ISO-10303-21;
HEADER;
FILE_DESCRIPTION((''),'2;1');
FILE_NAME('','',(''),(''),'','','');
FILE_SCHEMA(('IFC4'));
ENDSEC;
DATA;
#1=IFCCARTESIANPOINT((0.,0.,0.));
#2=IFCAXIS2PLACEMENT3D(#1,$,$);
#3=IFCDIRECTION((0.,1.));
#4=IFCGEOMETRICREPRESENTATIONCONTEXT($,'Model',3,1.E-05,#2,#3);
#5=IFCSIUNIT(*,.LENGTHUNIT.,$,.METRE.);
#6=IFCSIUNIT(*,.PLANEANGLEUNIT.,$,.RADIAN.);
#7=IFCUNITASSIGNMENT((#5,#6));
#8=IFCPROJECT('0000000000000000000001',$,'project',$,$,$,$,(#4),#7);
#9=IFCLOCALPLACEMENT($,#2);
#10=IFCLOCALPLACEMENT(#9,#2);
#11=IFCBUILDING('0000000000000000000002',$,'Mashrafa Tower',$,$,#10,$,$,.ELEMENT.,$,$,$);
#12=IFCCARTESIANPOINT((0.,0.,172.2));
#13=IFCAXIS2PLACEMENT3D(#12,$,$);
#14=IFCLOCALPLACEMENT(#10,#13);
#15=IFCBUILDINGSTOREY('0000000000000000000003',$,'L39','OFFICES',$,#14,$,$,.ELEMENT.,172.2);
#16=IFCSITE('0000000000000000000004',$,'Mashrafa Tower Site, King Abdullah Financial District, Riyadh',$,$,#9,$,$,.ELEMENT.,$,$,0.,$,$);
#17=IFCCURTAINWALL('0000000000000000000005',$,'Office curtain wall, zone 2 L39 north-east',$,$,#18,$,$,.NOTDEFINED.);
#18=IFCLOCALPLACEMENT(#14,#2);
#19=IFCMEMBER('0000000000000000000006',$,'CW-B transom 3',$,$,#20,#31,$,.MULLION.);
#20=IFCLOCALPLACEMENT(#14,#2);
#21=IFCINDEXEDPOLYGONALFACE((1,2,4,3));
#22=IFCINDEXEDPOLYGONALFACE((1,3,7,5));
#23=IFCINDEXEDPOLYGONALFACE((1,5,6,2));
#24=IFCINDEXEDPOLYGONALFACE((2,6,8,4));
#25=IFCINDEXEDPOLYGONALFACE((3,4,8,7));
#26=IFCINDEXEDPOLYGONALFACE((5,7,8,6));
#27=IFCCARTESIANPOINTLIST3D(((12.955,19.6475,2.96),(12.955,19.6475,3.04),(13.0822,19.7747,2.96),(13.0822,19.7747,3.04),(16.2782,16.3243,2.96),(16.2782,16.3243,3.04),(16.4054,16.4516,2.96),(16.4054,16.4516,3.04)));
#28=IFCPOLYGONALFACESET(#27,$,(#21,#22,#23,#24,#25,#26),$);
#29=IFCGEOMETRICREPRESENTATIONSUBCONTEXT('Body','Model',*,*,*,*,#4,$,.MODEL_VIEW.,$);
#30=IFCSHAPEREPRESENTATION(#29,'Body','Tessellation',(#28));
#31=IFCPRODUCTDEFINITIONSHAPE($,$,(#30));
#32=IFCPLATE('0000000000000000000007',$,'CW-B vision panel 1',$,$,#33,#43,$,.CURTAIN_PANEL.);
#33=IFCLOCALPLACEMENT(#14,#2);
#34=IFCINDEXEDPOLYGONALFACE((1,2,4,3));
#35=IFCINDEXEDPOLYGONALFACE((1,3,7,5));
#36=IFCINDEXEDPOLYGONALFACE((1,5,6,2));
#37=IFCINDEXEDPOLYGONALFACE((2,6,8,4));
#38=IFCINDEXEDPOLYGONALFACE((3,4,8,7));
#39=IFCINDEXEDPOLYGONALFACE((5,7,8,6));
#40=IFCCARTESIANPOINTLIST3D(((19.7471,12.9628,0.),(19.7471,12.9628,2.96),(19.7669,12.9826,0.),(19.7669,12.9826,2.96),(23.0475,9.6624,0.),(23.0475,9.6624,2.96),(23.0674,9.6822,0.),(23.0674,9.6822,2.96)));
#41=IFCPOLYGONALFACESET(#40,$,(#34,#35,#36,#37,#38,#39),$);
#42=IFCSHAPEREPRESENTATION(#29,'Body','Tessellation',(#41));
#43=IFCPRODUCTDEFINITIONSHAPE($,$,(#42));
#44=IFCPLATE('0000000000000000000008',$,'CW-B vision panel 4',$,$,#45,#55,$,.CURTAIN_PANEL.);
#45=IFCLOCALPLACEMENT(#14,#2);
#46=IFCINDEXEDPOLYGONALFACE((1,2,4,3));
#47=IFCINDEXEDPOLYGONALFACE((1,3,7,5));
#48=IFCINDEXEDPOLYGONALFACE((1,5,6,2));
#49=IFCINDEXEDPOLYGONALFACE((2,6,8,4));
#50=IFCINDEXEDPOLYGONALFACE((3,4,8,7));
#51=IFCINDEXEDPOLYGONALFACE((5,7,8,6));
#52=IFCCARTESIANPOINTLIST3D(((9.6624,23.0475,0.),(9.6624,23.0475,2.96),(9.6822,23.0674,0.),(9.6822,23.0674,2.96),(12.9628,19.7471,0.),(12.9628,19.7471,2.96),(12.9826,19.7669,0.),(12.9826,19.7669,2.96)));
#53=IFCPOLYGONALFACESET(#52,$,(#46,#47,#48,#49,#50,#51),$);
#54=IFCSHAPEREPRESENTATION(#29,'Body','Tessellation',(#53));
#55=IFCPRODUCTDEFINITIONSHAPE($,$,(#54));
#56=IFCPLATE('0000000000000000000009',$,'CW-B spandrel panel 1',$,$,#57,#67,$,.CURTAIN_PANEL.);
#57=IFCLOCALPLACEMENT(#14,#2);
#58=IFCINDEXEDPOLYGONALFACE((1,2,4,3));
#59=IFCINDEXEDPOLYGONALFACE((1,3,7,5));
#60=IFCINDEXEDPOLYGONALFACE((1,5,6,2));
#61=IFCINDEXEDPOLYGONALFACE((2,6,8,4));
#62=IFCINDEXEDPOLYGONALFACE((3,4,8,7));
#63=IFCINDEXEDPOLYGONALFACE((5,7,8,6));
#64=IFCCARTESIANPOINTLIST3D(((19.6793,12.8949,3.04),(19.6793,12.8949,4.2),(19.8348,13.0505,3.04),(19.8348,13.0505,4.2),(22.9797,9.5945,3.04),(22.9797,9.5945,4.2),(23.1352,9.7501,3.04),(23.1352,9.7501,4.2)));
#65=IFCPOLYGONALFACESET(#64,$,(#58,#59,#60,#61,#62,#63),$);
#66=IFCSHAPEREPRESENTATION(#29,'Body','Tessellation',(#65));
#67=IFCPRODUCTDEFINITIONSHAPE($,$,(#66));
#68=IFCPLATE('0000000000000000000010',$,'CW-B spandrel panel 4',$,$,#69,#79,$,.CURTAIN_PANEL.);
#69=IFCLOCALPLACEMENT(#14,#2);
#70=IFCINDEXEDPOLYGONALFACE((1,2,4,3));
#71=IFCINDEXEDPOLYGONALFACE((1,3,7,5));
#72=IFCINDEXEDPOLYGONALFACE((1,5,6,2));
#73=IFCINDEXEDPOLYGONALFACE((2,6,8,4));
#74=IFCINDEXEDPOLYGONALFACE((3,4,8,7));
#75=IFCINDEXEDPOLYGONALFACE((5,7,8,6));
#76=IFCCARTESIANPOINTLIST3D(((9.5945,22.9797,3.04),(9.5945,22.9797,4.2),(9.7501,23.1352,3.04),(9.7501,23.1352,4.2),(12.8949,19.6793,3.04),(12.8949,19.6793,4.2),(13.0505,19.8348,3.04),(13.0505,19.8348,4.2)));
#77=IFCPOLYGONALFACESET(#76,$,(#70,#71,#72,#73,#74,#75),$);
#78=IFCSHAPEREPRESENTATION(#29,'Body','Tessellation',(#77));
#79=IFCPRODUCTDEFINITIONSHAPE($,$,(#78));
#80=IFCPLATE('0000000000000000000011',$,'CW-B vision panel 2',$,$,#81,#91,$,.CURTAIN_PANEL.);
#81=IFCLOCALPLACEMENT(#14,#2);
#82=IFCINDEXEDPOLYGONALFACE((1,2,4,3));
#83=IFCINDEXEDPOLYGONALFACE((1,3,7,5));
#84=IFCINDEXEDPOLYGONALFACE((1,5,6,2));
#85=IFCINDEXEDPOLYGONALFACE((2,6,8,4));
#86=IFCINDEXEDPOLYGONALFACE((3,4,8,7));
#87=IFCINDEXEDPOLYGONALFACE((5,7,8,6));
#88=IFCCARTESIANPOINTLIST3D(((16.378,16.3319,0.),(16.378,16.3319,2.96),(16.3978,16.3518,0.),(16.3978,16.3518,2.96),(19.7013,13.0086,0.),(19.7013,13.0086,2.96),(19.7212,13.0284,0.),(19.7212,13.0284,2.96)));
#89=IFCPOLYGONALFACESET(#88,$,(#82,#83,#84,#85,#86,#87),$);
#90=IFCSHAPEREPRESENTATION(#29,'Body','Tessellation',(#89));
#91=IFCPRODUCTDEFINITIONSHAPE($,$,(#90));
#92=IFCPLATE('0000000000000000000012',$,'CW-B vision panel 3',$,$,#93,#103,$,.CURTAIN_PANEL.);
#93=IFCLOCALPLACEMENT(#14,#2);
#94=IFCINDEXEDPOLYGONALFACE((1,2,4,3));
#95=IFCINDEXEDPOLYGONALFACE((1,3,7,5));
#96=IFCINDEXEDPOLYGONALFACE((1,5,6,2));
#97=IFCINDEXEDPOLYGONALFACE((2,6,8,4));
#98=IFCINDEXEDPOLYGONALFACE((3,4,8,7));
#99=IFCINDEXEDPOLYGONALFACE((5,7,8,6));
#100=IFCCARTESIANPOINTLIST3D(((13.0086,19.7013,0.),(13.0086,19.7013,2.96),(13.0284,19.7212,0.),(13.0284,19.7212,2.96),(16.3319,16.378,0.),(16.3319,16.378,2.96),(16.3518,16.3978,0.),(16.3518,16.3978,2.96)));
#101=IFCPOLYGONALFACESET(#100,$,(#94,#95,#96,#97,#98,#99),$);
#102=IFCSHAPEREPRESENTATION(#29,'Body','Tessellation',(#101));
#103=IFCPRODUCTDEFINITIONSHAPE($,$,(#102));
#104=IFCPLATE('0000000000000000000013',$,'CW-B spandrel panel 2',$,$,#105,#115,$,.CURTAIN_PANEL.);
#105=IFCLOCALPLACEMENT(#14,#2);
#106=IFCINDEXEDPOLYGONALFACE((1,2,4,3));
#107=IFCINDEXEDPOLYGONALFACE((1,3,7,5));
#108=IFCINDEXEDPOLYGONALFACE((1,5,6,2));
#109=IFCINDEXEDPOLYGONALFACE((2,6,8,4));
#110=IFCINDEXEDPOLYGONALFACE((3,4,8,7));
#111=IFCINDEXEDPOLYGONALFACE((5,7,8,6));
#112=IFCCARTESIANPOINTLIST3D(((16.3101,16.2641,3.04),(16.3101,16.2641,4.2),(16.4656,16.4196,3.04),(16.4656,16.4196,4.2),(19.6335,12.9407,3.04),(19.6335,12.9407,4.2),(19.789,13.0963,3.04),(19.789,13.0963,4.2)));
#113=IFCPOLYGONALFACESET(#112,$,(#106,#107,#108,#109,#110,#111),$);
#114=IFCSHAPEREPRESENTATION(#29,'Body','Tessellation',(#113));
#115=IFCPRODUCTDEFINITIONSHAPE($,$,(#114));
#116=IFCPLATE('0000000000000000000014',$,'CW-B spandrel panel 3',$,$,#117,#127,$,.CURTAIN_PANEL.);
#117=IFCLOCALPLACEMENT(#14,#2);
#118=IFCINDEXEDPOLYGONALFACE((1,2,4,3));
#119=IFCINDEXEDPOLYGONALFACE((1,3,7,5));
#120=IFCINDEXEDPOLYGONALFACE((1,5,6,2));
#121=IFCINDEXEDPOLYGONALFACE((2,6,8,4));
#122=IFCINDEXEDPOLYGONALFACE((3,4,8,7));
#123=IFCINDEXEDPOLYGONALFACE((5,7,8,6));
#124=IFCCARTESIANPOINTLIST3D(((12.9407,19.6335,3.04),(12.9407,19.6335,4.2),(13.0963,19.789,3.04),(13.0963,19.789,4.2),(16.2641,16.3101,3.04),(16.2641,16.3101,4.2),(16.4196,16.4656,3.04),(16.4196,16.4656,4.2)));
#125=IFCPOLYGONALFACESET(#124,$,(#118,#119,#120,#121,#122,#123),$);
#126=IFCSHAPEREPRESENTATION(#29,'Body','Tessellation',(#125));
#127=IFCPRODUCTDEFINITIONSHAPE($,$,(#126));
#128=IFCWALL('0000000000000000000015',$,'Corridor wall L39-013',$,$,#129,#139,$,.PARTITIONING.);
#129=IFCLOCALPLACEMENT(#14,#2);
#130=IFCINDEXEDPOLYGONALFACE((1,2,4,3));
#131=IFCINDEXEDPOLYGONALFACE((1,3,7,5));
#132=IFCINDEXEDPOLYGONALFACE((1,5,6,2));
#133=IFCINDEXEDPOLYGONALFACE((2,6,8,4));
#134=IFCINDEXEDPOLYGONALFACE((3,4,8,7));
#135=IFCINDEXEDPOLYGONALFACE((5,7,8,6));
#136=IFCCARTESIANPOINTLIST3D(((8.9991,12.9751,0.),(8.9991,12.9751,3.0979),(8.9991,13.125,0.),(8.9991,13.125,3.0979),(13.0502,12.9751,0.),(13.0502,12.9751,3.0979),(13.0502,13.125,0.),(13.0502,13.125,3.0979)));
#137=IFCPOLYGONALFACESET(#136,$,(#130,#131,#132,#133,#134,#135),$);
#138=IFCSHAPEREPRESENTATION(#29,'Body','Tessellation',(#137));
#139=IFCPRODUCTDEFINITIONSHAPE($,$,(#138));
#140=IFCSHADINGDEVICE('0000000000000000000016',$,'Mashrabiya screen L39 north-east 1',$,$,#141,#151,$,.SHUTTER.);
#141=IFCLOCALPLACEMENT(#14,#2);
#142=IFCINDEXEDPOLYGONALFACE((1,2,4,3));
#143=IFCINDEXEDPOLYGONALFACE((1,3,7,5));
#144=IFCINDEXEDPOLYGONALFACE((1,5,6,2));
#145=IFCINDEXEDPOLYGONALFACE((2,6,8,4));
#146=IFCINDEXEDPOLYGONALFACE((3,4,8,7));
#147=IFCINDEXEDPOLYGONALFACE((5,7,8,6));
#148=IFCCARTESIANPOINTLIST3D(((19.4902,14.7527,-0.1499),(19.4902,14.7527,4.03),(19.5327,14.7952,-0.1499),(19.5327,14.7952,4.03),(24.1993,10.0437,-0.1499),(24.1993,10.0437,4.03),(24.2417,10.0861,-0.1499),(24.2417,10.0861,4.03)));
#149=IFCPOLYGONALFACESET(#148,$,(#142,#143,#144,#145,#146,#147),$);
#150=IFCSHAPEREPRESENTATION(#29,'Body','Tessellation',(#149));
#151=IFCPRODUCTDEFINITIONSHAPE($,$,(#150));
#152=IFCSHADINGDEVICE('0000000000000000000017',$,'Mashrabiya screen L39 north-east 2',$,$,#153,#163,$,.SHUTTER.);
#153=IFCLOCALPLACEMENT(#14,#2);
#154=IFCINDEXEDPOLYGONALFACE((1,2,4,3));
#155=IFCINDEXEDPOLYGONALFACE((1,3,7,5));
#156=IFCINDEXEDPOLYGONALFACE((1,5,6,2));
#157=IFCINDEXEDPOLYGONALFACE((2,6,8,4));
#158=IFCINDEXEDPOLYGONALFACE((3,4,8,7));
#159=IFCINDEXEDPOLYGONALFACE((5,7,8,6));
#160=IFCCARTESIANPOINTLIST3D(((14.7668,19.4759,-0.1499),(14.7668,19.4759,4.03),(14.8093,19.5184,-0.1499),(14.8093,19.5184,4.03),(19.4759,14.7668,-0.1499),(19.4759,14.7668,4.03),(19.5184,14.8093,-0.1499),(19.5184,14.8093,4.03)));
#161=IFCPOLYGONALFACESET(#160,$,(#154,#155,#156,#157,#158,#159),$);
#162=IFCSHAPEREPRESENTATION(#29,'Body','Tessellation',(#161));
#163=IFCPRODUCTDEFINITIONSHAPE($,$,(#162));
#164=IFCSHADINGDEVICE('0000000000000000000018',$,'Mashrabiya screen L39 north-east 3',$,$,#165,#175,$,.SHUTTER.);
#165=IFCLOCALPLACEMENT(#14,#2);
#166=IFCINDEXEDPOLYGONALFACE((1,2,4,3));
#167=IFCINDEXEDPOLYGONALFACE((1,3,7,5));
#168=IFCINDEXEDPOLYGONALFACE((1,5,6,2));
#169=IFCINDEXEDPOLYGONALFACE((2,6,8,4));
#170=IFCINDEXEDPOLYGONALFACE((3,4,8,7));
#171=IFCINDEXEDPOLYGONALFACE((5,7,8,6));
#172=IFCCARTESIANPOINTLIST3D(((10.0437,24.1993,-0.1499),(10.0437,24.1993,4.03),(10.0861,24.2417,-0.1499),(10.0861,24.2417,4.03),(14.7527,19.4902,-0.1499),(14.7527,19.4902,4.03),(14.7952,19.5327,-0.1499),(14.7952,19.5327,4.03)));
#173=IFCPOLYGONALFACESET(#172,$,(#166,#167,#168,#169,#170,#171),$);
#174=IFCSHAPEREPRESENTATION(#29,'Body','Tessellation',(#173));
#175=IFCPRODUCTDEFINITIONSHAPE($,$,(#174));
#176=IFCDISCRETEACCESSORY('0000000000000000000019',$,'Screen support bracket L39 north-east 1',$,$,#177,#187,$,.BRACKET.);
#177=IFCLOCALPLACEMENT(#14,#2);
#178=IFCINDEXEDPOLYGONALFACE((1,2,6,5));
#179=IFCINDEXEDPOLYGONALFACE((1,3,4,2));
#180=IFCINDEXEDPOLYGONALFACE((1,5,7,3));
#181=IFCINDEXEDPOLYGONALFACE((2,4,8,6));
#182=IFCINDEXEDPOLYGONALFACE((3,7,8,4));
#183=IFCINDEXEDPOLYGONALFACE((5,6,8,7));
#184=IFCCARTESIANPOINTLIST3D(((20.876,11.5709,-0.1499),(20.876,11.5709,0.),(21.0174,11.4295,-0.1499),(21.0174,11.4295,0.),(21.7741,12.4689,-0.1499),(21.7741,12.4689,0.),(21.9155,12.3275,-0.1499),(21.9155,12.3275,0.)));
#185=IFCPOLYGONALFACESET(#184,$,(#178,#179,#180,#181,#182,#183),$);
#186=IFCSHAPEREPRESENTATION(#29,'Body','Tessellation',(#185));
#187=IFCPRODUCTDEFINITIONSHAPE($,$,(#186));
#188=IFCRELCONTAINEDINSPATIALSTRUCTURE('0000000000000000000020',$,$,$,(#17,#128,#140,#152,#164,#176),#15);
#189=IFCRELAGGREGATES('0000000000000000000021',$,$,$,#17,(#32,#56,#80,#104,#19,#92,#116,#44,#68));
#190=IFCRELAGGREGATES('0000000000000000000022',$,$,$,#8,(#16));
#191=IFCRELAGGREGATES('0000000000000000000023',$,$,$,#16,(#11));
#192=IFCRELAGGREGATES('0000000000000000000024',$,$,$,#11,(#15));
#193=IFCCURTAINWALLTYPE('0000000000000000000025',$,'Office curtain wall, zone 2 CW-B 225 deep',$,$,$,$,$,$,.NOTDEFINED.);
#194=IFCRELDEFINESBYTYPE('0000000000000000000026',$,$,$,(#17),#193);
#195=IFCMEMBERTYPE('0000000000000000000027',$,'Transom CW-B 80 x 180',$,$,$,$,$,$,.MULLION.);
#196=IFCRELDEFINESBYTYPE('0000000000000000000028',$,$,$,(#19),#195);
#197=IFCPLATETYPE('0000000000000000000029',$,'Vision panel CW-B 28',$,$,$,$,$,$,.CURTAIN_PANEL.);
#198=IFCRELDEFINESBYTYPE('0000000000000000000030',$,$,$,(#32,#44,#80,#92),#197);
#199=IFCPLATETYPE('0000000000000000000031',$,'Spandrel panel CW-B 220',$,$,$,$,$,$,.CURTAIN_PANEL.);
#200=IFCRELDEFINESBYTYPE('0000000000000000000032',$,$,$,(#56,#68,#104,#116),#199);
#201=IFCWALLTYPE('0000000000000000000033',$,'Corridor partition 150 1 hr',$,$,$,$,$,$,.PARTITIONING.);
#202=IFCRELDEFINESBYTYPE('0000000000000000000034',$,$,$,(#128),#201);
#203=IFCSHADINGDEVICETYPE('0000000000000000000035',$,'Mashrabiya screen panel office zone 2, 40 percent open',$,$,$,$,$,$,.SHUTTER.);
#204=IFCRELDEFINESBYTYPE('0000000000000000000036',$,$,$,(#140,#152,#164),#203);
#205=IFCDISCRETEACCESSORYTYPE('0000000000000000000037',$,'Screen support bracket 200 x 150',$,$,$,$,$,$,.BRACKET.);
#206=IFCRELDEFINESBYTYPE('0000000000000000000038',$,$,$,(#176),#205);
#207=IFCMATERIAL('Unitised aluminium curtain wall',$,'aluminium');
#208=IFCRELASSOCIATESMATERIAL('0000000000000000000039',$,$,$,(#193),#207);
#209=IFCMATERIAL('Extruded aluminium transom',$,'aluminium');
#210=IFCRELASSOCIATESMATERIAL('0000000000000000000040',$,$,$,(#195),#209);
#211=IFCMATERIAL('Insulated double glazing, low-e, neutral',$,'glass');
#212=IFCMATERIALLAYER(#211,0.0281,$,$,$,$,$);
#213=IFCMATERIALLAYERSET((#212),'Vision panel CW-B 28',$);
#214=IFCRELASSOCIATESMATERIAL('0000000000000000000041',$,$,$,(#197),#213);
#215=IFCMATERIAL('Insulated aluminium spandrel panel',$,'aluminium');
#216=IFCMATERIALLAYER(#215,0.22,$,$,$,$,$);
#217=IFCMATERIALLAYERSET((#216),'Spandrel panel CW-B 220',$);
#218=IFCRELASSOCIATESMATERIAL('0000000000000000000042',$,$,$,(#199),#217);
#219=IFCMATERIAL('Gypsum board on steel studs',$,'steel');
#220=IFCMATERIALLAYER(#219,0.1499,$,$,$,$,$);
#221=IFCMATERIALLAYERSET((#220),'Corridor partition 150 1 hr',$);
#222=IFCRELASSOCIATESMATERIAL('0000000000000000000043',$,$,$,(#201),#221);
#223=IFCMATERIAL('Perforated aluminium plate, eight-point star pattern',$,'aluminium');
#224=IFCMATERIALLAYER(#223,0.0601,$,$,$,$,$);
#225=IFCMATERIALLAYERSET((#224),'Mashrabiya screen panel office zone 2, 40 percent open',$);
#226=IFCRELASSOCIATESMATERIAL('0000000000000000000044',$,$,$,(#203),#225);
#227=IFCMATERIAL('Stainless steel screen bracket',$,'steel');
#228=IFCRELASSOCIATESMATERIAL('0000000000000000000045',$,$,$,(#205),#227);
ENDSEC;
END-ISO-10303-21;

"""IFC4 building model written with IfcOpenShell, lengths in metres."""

from ifc_helpers import new_model, si_unit, direction, frame, frame_2d, origin, origin_2d, place, context, subcontext, project, spatial, rectangle, extrude, source, transform, mapped, material, layer, layer_set, material_profile, profile_set, type_object, type_shapes, element, aggregate, save


model = new_model("IFC4")

# Units and contexts
model_context = context("Model", 3, precision=1e-05, world=origin(), true_north=direction((0.0, 1.0)))
body_context = subcontext(model_context, "Body", "Model", "MODEL_VIEW")
ifc_project = project(units=[si_unit("LENGTHUNIT", "METRE"), si_unit("PLANEANGLEUNIT", "RADIAN")], contexts=[model_context])

# Site, building, storey
site_placement = place(None, origin())
site = spatial("IfcSite", under=ifc_project, at=site_placement, Name="Mashrafa Tower Site, King Abdullah Financial District, Riyadh", CompositionType="ELEMENT", RefElevation=0.0)
building_placement = place(site_placement, origin())
building = spatial("IfcBuilding", under=site, at=building_placement, Name="Mashrafa Tower", CompositionType="ELEMENT")
storey_placement = place(building_placement, frame((0.0, 0.0, 172.2)))
storey = spatial("IfcBuildingStorey", under=building, at=storey_placement, Name="L39", Description="OFFICES", CompositionType="ELEMENT", Elevation=172.2)

# Curtain wall, member, plates
ifc_material_1 = material(Name="Unitised aluminium curtain wall", Category="aluminium")
curtain_wall_type = type_object("IfcCurtainWallType", Name="Office curtain wall, zone 2 CW-B 225 deep", PredefinedType="NOTDEFINED", material=ifc_material_1)
curtain_wall_placement = place(storey_placement, origin())
curtain_wall = element("IfcCurtainWall", 1, at=curtain_wall_placement, inside=storey, type_object=curtain_wall_type, Name="Office curtain wall, zone 2 L39 north-east", PredefinedType="NOTDEFINED")
ifc_material_2 = material(Name="Extruded aluminium transom", Category="aluminium")
ifc_material_profile_1 = material_profile(ifc_material_2, rectangle(XDim=0.1799, YDim=0.0801, at=origin_2d()), Name="Transom 80x180")
ifc_profile_set_1 = profile_set([ifc_material_profile_1], Name="Extruded aluminium transom")
member_type_1 = type_object("IfcMemberType", Name="Transom CW-B 80 x 180", PredefinedType="MULLION", material=ifc_profile_set_1)
shared_shape_1 = source(origin(), body_context, "Body", "SweptSolid", [
    extrude(rectangle(XDim=0.1799, YDim=0.0801, at=origin_2d()), origin(), (0.0, 0.0, 1.0), 4.6997),
])
member_1_placement = place(storey_placement, frame((16.3418, 16.3879, 3.0), z_axis=(-0.707107, 0.707107, 0.0), x_axis=(-0.707107, -0.707107, 0.0)))
member_1 = element("IfcMember", 2, at=member_1_placement, type_object=member_type_1, Name="CW-B transom 3", PredefinedType="MULLION", context=body_context, shape_type="MappedRepresentation", body=[
    mapped(shared_shape_1, transform((0.0, 0.0, 0.0))),
])
ifc_material_3 = material(Name="Insulated double glazing, low-e, neutral", Category="glass")
ifc_layer_1 = layer(ifc_material_3, 0.0281)
ifc_layer_set_1 = layer_set([ifc_layer_1], Name="Vision panel CW-B 28")
plate_type_1 = type_object("IfcPlateType", Name="Vision panel CW-B 28", PredefinedType="CURTAIN_PANEL", material=ifc_layer_set_1)
shared_shape_2 = source(origin(), body_context, "Body", "SweptSolid", [
    extrude(rectangle(XDim=4.6675, YDim=0.0281, at=origin_2d()), origin(), (0.0, 0.0, 1.0), 2.96),
])
plate_1_placement = place(storey_placement, frame((21.4072, 11.3225, 0.0), z_axis=(0.0, 0.0, 1.0), x_axis=(-0.707107, 0.707107, 0.0)))
plate_1 = element("IfcPlate", 3, at=plate_1_placement, type_object=plate_type_1, Name="CW-B vision panel 1", PredefinedType="CURTAIN_PANEL", context=body_context, shape_type="MappedRepresentation", body=[
    mapped(shared_shape_2, transform((0.0, 0.0, 0.0))),
])
plate_2_placement = place(storey_placement, frame((11.3225, 21.4072, 0.0), z_axis=(0.0, 0.0, 1.0), x_axis=(-0.707107, 0.707107, 0.0)))
plate_2 = element("IfcPlate", 4, at=plate_2_placement, type_object=plate_type_1, Name="CW-B vision panel 4", PredefinedType="CURTAIN_PANEL", context=body_context, shape_type="MappedRepresentation", body=[
    mapped(shared_shape_2, transform((0.0, 0.0, 0.0))),
])
ifc_material_4 = material(Name="Insulated aluminium spandrel panel", Category="aluminium")
ifc_layer_2 = layer(ifc_material_4, 0.22)
ifc_layer_set_2 = layer_set([ifc_layer_2], Name="Spandrel panel CW-B 220")
plate_type_2 = type_object("IfcPlateType", Name="Spandrel panel CW-B 220", PredefinedType="CURTAIN_PANEL", material=ifc_layer_set_2)
shared_shape_3 = source(origin(), body_context, "Body", "SweptSolid", [
    extrude(rectangle(XDim=4.6675, YDim=0.22, at=origin_2d()), origin(), (0.0, 0.0, 1.0), 1.1599),
])
plate_3_placement = place(storey_placement, frame((21.4072, 11.3225, 3.04), z_axis=(0.0, 0.0, 1.0), x_axis=(-0.707107, 0.707107, 0.0)))
plate_3 = element("IfcPlate", 5, at=plate_3_placement, type_object=plate_type_2, Name="CW-B spandrel panel 1", PredefinedType="CURTAIN_PANEL", context=body_context, shape_type="MappedRepresentation", body=[
    mapped(shared_shape_3, transform((0.0, 0.0, 0.0))),
])
plate_4_placement = place(storey_placement, frame((11.3225, 21.4072, 3.04), z_axis=(0.0, 0.0, 1.0), x_axis=(-0.707107, 0.707107, 0.0)))
plate_4 = element("IfcPlate", 6, at=plate_4_placement, type_object=plate_type_2, Name="CW-B spandrel panel 4", PredefinedType="CURTAIN_PANEL", context=body_context, shape_type="MappedRepresentation", body=[
    mapped(shared_shape_3, transform((0.0, 0.0, 0.0))),
])
shared_shape_4 = source(origin(), body_context, "Body", "SweptSolid", [
    extrude(rectangle(XDim=4.7, YDim=0.0281, at=origin_2d()), origin(), (0.0, 0.0, 1.0), 2.96),
])
type_shapes(plate_type_1, [shared_shape_2, shared_shape_4])
plate_5_placement = place(storey_placement, frame((18.0496, 14.6802, 0.0), z_axis=(0.0, 0.0, 1.0), x_axis=(-0.707107, 0.707107, 0.0)))
plate_5 = element("IfcPlate", 7, at=plate_5_placement, type_object=plate_type_1, Name="CW-B vision panel 2", PredefinedType="CURTAIN_PANEL", context=body_context, shape_type="MappedRepresentation", body=[
    mapped(shared_shape_4, transform((0.0, 0.0, 0.0))),
])
plate_6_placement = place(storey_placement, frame((14.6802, 18.0496, 0.0), z_axis=(0.0, 0.0, 1.0), x_axis=(-0.707107, 0.707107, 0.0)))
plate_6 = element("IfcPlate", 8, at=plate_6_placement, type_object=plate_type_1, Name="CW-B vision panel 3", PredefinedType="CURTAIN_PANEL", context=body_context, shape_type="MappedRepresentation", body=[
    mapped(shared_shape_4, transform((0.0, 0.0, 0.0))),
])
shared_shape_5 = source(origin(), body_context, "Body", "SweptSolid", [
    extrude(rectangle(XDim=4.7, YDim=0.22, at=origin_2d()), origin(), (0.0, 0.0, 1.0), 1.1599),
])
type_shapes(plate_type_2, [shared_shape_3, shared_shape_5])
plate_7_placement = place(storey_placement, frame((18.0496, 14.6802, 3.04), z_axis=(0.0, 0.0, 1.0), x_axis=(-0.707107, 0.707107, 0.0)))
plate_7 = element("IfcPlate", 9, at=plate_7_placement, type_object=plate_type_2, Name="CW-B spandrel panel 2", PredefinedType="CURTAIN_PANEL", context=body_context, shape_type="MappedRepresentation", body=[
    mapped(shared_shape_5, transform((0.0, 0.0, 0.0))),
])
plate_8_placement = place(storey_placement, frame((14.6802, 18.0496, 3.04), z_axis=(0.0, 0.0, 1.0), x_axis=(-0.707107, 0.707107, 0.0)))
plate_8 = element("IfcPlate", 10, at=plate_8_placement, type_object=plate_type_2, Name="CW-B spandrel panel 3", PredefinedType="CURTAIN_PANEL", context=body_context, shape_type="MappedRepresentation", body=[
    mapped(shared_shape_5, transform((0.0, 0.0, 0.0))),
])
aggregate(curtain_wall, [plate_1, plate_3, plate_5, plate_7, member_1, plate_6, plate_8, plate_2, plate_4])

# Wall
ifc_material_5 = material(Name="Gypsum board on steel studs", Category="steel")
ifc_layer_3 = layer(ifc_material_5, 0.1499)
ifc_layer_set_3 = layer_set([ifc_layer_3], Name="Corridor partition 150 1 hr")
wall_type = type_object("IfcWallType", Name="Corridor partition 150 1 hr", PredefinedType="PARTITIONING", material=ifc_layer_set_3)
wall_placement = place(storey_placement, frame((13.05, 13.05, 0.0), z_axis=(0.0, 0.0, 1.0), x_axis=(-1.0, 0.0, 0.0)))
element("IfcWall", 11, at=wall_placement, inside=storey, type_object=wall_type, Name="Corridor wall L39-013", PredefinedType="PARTITIONING", context=body_context, shape_type="SweptSolid", body=[
    extrude(rectangle(XDim=4.051, YDim=0.1499, at=frame_2d((2.0254, 0.0))), origin(), (0.0, 0.0, 1.0), 3.0979),
])

# Shading devices
ifc_material_6 = material(Name="Perforated aluminium plate, eight-point star pattern", Category="aluminium")
ifc_layer_4 = layer(ifc_material_6, 0.0601)
ifc_layer_set_4 = layer_set([ifc_layer_4], Name="Mashrabiya screen panel office zone 2, 40 percent open")
shading_device_type = type_object("IfcShadingDeviceType", Name="Mashrabiya screen panel office zone 2, 40 percent open", PredefinedType="SHUTTER", material=ifc_layer_set_4)
shared_shape_6 = source(origin(), body_context, "Body", "SweptSolid", [
    extrude(rectangle(XDim=6.6597, YDim=0.0601, at=origin_2d()), origin(), (0.0, 0.0, 1.0), 4.1799),
])
type_shapes(shading_device_type, [shared_shape_6])
for number, where, z_axis, x_axis, name in (
    (12, (21.866, 12.4194, -0.1499), (0.0, 0.0, 1.0), (-0.707107, 0.707107, 0.0), "Mashrabiya screen L39 north-east 1"),
    (13, (17.1426, 17.1426, -0.1499), (0.0, 0.0, 1.0), (-0.707107, 0.707107, 0.0), "Mashrabiya screen L39 north-east 2"),
    (14, (12.4194, 21.866, -0.1499), (0.0, 0.0, 1.0), (-0.707107, 0.707107, 0.0), "Mashrabiya screen L39 north-east 3"),
):
    element("IfcShadingDevice", number, at=place(storey_placement, frame(where, z_axis=z_axis, x_axis=x_axis)), inside=storey, type_object=shading_device_type, Name=name, PredefinedType="SHUTTER", context=body_context, shape_type="MappedRepresentation", body=[
        mapped(shared_shape_6, transform((0.0, 0.0, 0.0))),
    ])

# Discrete accessory
ifc_material_7 = material(Name="Stainless steel screen bracket", Category="steel")
discrete_accessory_type = type_object("IfcDiscreteAccessoryType", Name="Screen support bracket 200 x 150", PredefinedType="BRACKET", material=ifc_material_7)
shared_shape_7 = source(origin(), body_context, "Body", "SweptSolid", [
    extrude(rectangle(XDim=0.2, YDim=1.27, at=origin_2d()), origin(), (0.0, 0.0, 1.0), 0.1499),
])
type_shapes(discrete_accessory_type, [shared_shape_7])
for number, where, z_axis, x_axis, name in (
    (15, (21.3958, 11.9492, -0.1499), (0.0, 0.0, 1.0), (-0.707107, 0.707107, 0.0), "Screen support bracket L39 north-east 1"),
):
    element("IfcDiscreteAccessory", number, at=place(storey_placement, frame(where, z_axis=z_axis, x_axis=x_axis)), inside=storey, type_object=discrete_accessory_type, Name=name, PredefinedType="BRACKET", context=body_context, shape_type="MappedRepresentation", body=[
        mapped(shared_shape_7, transform((0.0, 0.0, 0.0))),
    ])

save(model, "model.ifc")
